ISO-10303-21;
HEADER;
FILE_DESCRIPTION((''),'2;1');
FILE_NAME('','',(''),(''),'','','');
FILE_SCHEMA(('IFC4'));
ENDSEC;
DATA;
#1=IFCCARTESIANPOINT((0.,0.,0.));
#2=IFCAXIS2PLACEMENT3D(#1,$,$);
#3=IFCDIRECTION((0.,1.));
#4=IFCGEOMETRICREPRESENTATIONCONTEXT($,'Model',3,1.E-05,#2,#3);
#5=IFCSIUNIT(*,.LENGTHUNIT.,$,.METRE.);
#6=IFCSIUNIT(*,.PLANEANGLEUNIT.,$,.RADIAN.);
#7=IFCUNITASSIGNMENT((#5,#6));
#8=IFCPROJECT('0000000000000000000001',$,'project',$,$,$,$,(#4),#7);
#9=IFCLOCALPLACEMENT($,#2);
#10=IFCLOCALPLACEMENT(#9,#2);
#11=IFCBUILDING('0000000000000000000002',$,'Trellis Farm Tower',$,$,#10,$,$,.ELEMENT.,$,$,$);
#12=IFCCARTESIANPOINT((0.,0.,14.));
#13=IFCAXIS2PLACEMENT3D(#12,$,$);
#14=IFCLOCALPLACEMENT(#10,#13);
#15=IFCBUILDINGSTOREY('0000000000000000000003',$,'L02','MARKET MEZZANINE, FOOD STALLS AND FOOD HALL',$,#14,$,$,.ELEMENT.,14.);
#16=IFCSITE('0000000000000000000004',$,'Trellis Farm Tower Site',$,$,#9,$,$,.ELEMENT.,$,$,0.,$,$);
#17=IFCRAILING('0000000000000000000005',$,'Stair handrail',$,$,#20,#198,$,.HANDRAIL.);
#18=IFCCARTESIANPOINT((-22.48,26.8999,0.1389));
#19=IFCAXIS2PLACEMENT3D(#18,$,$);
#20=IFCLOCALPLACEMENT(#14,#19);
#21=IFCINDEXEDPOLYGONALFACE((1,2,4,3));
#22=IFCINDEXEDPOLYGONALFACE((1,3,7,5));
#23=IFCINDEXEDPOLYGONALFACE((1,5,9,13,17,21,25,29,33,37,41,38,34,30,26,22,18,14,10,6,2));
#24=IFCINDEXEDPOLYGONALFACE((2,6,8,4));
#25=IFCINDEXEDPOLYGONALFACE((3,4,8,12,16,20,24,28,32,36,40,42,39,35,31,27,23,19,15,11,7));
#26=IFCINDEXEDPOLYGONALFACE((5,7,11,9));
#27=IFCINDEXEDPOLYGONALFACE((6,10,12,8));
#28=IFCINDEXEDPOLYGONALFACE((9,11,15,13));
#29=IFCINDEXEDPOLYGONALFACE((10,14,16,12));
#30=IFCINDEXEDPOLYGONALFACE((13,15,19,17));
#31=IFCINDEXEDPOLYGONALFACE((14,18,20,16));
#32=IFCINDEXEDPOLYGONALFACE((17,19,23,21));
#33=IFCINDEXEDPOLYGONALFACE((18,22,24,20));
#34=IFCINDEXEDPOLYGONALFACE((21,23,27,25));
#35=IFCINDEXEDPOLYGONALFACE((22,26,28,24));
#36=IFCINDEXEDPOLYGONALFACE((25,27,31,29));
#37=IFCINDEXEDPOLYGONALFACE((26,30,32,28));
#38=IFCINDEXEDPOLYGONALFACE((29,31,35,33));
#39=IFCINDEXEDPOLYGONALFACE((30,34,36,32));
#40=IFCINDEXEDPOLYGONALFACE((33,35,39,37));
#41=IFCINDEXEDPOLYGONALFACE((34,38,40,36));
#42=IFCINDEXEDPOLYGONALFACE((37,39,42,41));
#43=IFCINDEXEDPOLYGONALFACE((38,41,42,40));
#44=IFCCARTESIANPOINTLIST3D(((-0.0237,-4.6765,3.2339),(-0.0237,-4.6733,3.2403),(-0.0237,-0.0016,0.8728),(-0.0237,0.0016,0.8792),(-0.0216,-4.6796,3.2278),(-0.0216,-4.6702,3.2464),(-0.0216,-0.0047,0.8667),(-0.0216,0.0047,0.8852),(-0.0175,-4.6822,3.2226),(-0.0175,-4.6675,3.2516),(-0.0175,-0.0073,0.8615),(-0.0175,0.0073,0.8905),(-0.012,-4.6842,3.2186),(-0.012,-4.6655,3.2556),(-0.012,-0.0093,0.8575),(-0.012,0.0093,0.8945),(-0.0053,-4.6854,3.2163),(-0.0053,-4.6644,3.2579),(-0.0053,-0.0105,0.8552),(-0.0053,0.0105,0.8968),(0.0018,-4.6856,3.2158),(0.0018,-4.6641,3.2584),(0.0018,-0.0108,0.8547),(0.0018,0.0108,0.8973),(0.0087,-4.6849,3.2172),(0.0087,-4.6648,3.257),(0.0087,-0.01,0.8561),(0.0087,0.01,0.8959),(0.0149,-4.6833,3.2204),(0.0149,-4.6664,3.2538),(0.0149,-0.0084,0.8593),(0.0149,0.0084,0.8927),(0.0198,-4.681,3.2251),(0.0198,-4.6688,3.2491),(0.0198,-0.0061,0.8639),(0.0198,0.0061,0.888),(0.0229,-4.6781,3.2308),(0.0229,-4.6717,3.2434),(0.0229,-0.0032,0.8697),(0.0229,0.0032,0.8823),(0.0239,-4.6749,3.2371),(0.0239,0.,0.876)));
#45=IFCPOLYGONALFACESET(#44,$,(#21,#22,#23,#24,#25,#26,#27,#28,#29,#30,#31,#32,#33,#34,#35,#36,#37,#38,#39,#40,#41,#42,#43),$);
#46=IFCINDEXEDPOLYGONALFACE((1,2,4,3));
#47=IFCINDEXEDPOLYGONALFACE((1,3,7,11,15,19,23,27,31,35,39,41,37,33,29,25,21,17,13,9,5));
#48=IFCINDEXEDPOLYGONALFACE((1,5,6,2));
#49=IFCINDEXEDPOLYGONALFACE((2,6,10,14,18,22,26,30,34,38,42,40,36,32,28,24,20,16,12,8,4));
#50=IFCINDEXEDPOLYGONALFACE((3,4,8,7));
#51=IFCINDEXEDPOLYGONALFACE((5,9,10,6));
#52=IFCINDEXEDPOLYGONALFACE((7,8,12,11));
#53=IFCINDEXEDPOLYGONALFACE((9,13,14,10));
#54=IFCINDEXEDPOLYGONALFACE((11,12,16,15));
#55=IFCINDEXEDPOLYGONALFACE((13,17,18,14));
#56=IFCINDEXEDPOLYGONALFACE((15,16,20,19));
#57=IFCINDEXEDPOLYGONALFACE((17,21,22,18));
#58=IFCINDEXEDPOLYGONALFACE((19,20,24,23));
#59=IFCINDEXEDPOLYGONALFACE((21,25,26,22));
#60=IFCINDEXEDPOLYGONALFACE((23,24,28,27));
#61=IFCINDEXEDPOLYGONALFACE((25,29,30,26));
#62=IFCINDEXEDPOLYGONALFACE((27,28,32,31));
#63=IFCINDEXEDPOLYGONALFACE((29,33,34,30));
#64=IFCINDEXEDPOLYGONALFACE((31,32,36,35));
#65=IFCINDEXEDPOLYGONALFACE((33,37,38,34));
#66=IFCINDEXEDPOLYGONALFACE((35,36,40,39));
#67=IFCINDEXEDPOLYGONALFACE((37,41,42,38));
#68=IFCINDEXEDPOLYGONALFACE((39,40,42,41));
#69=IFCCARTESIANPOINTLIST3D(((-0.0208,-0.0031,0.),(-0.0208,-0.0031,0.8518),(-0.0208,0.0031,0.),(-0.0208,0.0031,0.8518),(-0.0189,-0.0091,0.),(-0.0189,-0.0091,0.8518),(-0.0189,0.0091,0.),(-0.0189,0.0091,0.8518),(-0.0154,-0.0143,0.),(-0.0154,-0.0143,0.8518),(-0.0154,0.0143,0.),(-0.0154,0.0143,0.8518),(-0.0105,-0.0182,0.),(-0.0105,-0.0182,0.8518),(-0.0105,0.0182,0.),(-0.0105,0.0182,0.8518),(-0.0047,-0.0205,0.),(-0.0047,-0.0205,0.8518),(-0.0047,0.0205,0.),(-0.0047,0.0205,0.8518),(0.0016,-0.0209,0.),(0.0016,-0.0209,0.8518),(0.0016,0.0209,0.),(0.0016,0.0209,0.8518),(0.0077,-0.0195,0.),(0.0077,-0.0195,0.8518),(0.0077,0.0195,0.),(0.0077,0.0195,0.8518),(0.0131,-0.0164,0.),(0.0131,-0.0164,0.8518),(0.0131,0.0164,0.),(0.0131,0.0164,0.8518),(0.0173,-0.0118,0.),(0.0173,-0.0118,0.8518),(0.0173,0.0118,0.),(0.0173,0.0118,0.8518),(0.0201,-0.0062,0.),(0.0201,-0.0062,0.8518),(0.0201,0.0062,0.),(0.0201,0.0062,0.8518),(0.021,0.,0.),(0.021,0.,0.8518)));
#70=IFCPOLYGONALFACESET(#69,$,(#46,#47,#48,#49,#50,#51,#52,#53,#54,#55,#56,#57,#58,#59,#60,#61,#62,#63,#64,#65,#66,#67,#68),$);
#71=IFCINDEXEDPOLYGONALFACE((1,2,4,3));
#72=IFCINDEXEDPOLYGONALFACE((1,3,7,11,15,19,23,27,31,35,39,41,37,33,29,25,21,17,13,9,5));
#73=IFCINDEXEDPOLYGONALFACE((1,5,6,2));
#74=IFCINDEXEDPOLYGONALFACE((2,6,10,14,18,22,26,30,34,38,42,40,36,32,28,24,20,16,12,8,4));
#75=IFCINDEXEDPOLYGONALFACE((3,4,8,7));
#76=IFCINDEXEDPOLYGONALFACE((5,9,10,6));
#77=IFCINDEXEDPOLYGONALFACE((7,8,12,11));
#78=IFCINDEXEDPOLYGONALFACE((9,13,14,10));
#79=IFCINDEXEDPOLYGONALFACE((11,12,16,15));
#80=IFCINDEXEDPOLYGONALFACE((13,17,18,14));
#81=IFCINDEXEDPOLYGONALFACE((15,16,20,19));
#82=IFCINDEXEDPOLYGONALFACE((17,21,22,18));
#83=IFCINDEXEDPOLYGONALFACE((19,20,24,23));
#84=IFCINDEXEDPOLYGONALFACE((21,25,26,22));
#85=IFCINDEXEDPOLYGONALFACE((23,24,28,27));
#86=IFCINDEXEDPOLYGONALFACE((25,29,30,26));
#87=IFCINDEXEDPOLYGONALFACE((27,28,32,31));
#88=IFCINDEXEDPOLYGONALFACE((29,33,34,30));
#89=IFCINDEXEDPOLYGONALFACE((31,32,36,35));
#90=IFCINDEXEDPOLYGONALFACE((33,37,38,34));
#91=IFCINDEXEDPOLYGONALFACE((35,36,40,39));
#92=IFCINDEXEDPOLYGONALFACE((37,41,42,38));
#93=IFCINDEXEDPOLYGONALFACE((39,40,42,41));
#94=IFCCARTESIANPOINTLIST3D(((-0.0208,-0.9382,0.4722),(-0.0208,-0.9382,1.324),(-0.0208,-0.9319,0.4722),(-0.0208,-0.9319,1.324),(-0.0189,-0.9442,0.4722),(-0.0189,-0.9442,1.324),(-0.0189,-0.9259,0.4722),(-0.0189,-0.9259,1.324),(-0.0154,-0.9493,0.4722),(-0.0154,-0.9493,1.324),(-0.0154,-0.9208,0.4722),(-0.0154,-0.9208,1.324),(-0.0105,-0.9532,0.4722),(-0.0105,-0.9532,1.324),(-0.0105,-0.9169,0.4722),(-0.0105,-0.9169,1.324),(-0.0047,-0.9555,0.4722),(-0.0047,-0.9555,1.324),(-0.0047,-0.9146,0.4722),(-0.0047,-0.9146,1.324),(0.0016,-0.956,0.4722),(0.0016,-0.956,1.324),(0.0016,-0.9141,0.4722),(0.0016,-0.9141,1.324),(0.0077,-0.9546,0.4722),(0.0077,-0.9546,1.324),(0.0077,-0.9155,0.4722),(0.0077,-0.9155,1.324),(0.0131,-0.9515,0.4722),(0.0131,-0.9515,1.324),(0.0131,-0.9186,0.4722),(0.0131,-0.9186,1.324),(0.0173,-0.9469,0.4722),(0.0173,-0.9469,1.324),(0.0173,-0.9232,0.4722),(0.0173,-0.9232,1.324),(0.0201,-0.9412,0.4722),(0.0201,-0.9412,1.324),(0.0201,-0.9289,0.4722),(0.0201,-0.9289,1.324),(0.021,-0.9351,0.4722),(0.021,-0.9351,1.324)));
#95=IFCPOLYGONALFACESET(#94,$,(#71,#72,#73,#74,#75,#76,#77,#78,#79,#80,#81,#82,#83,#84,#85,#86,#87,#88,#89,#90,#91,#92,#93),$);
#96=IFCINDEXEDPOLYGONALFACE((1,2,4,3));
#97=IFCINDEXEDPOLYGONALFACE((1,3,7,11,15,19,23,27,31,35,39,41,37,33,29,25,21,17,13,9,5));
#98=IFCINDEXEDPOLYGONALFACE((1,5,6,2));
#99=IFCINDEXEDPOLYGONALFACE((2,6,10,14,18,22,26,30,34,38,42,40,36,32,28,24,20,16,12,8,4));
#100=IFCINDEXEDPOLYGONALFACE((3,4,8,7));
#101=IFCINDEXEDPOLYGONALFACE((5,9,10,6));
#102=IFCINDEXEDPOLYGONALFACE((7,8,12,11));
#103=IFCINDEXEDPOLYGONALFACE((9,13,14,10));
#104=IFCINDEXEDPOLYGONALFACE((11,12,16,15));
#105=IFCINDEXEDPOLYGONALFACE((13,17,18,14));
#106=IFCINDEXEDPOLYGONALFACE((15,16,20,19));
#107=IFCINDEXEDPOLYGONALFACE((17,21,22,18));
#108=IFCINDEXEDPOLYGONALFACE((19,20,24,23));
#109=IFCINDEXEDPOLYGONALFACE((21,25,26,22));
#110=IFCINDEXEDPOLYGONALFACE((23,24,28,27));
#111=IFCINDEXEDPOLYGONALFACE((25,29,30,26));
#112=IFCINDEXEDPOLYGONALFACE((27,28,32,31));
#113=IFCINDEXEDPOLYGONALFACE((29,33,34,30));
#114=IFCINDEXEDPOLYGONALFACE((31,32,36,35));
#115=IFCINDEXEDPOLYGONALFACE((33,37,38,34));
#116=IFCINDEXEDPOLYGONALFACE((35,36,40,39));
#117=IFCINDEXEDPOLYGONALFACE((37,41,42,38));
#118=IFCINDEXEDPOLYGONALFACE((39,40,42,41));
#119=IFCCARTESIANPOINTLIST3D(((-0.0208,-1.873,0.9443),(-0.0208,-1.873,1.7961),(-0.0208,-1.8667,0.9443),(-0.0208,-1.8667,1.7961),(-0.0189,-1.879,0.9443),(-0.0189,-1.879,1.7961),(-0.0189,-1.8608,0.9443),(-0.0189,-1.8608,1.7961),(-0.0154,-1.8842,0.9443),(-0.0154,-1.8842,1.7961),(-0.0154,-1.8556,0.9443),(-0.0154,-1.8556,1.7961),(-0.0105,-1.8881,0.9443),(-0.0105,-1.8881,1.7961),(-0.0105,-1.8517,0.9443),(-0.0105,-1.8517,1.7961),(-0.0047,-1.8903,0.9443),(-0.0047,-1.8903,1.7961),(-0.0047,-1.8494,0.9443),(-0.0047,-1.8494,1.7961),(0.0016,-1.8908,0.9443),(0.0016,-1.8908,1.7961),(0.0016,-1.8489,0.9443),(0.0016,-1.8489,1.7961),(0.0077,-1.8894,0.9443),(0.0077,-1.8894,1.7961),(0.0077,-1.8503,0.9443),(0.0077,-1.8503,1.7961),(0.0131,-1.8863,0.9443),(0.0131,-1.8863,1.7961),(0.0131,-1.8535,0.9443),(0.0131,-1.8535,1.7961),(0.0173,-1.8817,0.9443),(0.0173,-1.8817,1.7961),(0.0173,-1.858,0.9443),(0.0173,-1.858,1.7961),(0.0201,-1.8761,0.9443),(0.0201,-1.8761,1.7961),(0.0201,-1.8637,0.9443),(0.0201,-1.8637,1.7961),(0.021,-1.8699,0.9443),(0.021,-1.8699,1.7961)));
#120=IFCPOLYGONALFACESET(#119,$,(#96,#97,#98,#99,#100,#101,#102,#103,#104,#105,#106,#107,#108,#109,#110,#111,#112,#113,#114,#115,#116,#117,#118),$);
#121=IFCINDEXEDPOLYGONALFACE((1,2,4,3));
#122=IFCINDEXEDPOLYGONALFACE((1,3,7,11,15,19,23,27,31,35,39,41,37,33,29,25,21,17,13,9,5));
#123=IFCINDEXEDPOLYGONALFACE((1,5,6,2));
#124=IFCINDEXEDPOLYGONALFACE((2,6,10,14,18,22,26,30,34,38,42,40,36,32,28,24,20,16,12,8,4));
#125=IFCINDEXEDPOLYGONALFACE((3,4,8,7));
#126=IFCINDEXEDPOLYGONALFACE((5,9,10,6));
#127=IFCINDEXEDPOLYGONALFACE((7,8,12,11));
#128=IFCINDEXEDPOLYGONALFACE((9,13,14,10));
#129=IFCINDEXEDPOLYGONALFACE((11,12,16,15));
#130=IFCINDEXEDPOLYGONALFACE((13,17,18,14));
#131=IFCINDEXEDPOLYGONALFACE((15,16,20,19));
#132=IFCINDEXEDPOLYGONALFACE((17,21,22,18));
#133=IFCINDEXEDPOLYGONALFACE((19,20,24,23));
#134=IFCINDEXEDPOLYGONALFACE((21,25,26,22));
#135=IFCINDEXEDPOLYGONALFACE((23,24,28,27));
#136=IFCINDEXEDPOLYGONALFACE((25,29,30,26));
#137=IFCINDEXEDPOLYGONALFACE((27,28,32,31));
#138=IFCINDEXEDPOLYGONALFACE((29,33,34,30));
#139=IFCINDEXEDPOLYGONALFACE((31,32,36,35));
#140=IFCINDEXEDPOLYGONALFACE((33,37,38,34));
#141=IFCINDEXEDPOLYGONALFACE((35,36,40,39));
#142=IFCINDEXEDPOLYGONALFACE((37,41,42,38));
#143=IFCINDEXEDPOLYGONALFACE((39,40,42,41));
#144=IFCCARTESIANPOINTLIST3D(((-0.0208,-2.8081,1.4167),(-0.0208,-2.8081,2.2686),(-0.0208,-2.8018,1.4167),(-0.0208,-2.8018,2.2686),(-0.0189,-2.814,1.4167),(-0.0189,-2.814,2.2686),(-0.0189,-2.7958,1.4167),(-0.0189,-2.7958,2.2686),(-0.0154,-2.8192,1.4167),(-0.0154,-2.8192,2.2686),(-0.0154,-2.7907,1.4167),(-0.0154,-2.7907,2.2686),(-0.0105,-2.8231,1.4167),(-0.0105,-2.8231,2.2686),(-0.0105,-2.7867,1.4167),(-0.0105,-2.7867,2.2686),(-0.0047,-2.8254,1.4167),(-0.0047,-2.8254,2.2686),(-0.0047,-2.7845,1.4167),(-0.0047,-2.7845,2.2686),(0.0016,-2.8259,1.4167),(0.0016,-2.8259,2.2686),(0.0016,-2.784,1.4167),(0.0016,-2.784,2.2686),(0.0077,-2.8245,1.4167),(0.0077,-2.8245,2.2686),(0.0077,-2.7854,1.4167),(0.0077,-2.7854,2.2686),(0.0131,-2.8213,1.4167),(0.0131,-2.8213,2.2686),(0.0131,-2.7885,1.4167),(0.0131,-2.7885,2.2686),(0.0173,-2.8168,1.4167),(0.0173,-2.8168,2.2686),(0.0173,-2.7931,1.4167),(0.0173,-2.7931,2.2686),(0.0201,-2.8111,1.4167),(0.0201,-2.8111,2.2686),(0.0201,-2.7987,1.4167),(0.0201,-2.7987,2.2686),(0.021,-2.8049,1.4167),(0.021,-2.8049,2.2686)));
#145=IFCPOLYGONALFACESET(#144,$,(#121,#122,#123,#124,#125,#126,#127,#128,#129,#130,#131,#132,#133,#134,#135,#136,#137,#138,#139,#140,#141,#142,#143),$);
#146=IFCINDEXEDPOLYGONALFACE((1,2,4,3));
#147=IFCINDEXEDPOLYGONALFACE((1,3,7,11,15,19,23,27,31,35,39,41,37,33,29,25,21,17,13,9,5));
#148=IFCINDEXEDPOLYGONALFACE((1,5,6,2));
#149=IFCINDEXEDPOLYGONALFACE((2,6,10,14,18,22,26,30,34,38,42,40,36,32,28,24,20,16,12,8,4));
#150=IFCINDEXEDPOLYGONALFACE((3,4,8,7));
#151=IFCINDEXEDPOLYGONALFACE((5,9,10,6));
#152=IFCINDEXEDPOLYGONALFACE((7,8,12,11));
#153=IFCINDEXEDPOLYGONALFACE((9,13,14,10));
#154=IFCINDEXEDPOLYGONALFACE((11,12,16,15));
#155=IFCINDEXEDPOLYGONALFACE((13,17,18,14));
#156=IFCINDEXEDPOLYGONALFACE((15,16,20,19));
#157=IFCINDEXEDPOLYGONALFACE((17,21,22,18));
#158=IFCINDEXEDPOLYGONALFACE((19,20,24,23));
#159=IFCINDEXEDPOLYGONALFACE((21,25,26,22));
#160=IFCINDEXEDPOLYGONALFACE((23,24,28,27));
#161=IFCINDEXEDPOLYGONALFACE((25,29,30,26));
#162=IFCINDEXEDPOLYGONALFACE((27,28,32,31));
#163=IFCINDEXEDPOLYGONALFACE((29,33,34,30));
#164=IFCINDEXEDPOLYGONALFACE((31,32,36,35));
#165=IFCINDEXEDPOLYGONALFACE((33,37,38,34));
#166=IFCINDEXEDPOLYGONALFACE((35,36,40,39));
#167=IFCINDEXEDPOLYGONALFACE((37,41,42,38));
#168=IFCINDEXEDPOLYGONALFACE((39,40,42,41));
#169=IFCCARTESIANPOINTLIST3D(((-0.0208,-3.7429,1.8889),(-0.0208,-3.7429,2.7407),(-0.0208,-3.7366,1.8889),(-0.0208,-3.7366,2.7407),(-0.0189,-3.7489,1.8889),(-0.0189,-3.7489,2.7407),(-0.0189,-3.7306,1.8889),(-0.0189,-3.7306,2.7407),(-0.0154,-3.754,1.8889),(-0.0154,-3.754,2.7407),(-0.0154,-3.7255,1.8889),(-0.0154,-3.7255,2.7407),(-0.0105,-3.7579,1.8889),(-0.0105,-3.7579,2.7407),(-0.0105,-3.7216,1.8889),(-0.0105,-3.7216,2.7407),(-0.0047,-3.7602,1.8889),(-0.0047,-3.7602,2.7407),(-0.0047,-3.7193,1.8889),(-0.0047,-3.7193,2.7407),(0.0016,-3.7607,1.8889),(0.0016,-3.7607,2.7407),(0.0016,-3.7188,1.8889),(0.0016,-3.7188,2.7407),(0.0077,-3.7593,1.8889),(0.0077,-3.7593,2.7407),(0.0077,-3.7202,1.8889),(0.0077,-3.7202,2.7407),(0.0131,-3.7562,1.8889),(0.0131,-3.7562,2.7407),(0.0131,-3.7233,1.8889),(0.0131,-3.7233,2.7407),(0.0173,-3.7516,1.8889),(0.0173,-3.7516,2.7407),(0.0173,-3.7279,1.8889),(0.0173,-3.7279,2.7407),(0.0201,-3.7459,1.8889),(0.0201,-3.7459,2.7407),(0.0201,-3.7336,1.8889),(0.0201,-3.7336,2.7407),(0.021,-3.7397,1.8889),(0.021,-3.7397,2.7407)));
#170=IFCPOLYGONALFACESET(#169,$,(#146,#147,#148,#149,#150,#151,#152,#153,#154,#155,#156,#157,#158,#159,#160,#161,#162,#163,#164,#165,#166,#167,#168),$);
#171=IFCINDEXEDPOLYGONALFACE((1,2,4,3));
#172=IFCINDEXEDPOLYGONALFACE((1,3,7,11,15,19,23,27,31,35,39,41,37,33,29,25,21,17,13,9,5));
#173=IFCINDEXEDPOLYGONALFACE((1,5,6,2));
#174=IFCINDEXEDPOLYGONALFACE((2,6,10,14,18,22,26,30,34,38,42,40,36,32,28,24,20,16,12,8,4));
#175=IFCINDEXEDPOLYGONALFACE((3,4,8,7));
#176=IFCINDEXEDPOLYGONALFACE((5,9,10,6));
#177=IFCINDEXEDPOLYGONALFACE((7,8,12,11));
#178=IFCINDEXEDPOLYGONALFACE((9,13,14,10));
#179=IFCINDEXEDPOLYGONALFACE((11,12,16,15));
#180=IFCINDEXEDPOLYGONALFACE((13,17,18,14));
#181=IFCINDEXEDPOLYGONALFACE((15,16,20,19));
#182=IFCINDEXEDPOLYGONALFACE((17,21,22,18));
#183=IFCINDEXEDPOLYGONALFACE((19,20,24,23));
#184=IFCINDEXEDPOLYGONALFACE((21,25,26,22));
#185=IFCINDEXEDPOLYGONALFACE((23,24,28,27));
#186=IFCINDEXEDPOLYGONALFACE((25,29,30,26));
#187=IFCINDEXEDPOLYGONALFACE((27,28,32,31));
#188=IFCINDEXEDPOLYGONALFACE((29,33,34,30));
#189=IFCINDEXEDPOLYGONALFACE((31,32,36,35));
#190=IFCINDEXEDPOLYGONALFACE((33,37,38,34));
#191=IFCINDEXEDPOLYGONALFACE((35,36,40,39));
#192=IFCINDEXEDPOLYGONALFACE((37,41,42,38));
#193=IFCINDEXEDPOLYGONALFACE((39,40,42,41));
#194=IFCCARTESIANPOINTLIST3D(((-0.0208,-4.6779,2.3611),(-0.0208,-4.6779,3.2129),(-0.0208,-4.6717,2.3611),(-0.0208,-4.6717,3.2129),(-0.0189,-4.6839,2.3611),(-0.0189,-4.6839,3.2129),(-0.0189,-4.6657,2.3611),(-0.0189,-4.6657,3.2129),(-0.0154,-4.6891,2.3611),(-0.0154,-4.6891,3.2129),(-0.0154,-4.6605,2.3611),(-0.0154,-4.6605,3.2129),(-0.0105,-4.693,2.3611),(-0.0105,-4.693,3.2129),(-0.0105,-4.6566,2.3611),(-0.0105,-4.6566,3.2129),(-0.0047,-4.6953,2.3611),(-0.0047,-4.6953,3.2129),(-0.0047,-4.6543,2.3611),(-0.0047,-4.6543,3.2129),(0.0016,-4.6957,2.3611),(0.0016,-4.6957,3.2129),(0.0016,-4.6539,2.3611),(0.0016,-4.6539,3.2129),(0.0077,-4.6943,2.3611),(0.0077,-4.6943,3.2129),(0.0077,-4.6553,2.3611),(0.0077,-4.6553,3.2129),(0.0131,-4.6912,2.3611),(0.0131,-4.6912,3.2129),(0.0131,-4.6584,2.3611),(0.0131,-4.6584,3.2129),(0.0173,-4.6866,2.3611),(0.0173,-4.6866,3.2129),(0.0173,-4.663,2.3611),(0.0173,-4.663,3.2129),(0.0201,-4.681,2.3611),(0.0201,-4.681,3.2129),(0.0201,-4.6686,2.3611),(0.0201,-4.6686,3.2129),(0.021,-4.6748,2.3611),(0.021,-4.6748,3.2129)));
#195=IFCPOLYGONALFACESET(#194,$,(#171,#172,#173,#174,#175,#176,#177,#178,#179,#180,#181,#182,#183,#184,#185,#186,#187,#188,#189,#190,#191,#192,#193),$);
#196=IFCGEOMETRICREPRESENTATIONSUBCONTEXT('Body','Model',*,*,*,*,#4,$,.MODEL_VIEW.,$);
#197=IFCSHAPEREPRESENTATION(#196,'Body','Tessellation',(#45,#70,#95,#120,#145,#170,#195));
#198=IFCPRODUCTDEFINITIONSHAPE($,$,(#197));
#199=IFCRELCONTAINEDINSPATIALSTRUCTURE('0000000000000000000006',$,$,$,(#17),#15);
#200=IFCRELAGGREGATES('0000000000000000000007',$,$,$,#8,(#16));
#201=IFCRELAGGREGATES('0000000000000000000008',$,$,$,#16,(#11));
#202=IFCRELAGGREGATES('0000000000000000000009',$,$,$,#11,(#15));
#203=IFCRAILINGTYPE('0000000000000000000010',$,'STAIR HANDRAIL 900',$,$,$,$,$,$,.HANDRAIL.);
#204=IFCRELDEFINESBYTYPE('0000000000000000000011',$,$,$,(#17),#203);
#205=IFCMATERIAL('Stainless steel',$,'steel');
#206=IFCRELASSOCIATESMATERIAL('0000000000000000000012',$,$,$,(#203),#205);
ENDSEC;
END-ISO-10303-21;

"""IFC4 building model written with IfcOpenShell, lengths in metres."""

from ifc_helpers import new_model, si_unit, direction, frame, origin, origin_2d, place, context, subcontext, project, spatial, circle, extrude, source, transform, mapped, material, type_object, element, save


model = new_model("IFC4")

# Units and contexts
model_context = context("Model", 3, precision=1e-05, world=origin(), true_north=direction((0.0, 1.0)))
body_context = subcontext(model_context, "Body", "Model", "MODEL_VIEW")
ifc_project = project(units=[si_unit("LENGTHUNIT", "METRE"), si_unit("PLANEANGLEUNIT", "RADIAN")], contexts=[model_context])

# Site, building, storey
site_placement = place(None, origin())
site = spatial("IfcSite", under=ifc_project, at=site_placement, Name="Trellis Farm Tower Site", CompositionType="ELEMENT", RefElevation=0.0)
building_placement = place(site_placement, origin())
building = spatial("IfcBuilding", under=site, at=building_placement, Name="Trellis Farm Tower", CompositionType="ELEMENT")
storey_placement = place(building_placement, frame((0.0, 0.0, 14.0)))
storey = spatial("IfcBuildingStorey", under=building, at=storey_placement, Name="L02", Description="MARKET MEZZANINE, FOOD STALLS AND FOOD HALL", CompositionType="ELEMENT", Elevation=14.0)

# Railing
ifc_material_1 = material(Name="Stainless steel", Category="steel")
railing_type = type_object("IfcRailingType", Name="STAIR HANDRAIL 900", PredefinedType="HANDRAIL", material=ifc_material_1)
shared_shape_1 = source(origin(), body_context, "Body", "SweptSolid", [
    extrude(circle(Radius=0.0239, at=origin_2d()), frame((0.0, 0.0, 0.876), z_axis=(0.0, -0.892611, 0.450827), x_axis=(1.0, 0.0, 0.0)), (0.0, 0.0, 1.0), 5.2373),
    extrude(circle(Radius=0.021, at=origin_2d()), origin(), (0.0, 0.0, 1.0), 0.8518),
    extrude(circle(Radius=0.021, at=origin_2d()), frame((0.0, -0.9351, 0.4722)), (0.0, 0.0, 1.0), 0.8518),
    extrude(circle(Radius=0.021, at=origin_2d()), frame((0.0, -1.8699, 0.9443)), (0.0, 0.0, 1.0), 0.8518),
    extrude(circle(Radius=0.021, at=origin_2d()), frame((0.0, -2.8049, 1.4167)), (0.0, 0.0, 1.0), 0.8518),
    extrude(circle(Radius=0.021, at=origin_2d()), frame((0.0, -3.7397, 1.8889)), (0.0, 0.0, 1.0), 0.8518),
    extrude(circle(Radius=0.021, at=origin_2d()), frame((0.0, -4.6748, 2.3611)), (0.0, 0.0, 1.0), 0.8518),
])
for number, where, name in (
    (1, (-22.48, 26.8999, 0.1389), "Stair handrail"),
):
    element("IfcRailing", number, at=place(storey_placement, frame(where)), inside=storey, type_object=railing_type, Name=name, PredefinedType="HANDRAIL", context=body_context, shape_type="MappedRepresentation", body=[
        mapped(shared_shape_1, transform((0.0, 0.0, 0.0))),
    ])

save(model, "model.ifc")
